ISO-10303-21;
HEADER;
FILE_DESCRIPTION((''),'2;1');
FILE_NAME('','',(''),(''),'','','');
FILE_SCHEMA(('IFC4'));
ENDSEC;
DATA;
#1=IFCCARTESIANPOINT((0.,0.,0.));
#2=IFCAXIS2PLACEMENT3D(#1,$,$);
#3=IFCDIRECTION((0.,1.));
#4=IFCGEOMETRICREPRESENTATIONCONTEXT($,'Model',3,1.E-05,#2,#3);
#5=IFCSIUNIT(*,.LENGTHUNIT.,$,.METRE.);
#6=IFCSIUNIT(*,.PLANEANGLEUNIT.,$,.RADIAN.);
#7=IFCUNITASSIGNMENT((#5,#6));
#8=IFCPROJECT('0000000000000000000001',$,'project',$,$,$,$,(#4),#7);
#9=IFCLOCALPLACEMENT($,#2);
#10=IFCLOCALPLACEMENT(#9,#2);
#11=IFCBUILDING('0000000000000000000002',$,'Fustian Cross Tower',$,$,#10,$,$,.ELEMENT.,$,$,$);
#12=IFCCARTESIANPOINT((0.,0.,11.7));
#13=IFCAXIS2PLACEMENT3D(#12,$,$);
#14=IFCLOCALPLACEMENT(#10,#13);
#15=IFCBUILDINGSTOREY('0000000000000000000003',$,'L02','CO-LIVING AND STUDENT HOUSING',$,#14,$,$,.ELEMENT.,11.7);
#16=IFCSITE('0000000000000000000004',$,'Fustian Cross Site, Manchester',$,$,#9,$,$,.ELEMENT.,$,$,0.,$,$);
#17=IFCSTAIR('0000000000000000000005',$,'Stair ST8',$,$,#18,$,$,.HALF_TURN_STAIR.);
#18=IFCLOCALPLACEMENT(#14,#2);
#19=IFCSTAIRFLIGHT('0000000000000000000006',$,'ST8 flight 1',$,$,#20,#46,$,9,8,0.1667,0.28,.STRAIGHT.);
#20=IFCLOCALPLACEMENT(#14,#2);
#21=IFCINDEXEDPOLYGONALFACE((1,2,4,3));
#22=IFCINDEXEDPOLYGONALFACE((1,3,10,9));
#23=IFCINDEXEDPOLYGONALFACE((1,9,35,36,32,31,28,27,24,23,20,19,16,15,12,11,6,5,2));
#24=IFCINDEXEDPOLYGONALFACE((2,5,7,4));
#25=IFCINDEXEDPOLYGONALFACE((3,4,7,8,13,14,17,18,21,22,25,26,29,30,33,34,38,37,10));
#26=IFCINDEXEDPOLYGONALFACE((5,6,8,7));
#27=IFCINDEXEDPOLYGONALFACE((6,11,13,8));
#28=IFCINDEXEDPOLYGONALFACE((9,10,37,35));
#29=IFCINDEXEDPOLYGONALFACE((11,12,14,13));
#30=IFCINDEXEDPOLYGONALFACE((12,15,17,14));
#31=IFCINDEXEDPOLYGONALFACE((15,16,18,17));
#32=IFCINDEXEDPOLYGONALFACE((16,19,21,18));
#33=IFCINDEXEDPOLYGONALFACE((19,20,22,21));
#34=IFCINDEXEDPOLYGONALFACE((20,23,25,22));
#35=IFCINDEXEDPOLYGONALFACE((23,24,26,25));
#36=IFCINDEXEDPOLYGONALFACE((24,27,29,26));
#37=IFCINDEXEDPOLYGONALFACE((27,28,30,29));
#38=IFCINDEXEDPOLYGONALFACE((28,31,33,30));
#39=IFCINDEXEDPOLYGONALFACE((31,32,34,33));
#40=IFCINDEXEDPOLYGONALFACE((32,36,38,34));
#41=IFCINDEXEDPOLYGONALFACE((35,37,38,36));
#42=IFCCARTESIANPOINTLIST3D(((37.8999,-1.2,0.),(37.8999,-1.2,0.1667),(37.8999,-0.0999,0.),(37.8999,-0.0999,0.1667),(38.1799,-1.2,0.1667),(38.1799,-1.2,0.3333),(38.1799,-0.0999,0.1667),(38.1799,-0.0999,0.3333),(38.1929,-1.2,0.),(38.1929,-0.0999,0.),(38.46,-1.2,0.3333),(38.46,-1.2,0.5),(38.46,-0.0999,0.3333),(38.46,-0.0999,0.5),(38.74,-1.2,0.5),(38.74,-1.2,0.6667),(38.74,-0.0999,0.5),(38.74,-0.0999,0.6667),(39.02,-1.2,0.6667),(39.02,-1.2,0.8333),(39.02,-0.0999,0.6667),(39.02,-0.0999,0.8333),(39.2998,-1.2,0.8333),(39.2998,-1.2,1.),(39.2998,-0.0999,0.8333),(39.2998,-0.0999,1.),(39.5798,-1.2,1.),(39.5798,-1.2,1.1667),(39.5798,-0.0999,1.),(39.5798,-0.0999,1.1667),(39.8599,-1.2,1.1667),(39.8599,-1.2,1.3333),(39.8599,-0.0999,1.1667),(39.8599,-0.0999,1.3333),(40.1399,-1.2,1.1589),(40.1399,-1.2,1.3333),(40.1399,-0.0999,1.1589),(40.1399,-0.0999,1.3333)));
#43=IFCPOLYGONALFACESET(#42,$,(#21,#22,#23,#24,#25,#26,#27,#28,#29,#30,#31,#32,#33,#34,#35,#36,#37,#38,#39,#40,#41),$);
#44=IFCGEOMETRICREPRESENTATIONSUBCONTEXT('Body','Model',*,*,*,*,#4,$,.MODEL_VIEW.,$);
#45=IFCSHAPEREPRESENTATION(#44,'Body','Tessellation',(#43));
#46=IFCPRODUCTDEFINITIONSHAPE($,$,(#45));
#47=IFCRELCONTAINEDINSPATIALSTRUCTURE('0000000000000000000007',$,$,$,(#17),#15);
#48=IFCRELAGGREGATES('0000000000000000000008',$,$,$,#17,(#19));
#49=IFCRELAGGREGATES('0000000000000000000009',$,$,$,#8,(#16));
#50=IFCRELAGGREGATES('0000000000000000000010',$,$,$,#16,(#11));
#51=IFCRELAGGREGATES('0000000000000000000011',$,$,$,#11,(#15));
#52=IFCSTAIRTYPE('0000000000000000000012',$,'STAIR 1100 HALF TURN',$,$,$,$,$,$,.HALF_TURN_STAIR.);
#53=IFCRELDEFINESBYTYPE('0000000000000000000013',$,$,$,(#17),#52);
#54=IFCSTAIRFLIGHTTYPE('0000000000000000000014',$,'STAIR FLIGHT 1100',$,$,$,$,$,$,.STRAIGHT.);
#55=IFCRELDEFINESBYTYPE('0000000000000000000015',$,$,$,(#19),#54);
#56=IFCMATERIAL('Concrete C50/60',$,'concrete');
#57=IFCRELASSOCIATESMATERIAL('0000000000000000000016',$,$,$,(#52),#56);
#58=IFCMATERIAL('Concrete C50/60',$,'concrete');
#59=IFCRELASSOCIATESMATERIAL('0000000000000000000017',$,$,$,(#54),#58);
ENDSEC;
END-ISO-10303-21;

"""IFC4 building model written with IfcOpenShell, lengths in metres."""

from ifc_helpers import new_model, si_unit, direction, frame, origin, place, context, subcontext, project, spatial, polyline, outline, extrude, material, type_object, element, aggregate, save


model = new_model("IFC4")

# Units and contexts
model_context = context("Model", 3, precision=1e-05, world=origin(), true_north=direction((0.0, 1.0)))
body_context = subcontext(model_context, "Body", "Model", "MODEL_VIEW")
ifc_project = project(units=[si_unit("LENGTHUNIT", "METRE"), si_unit("PLANEANGLEUNIT", "RADIAN")], contexts=[model_context])

# Site, building, storey
site_placement = place(None, origin())
site = spatial("IfcSite", under=ifc_project, at=site_placement, Name="Fustian Cross Site, Manchester", CompositionType="ELEMENT", RefElevation=0.0)
building_placement = place(site_placement, origin())
building = spatial("IfcBuilding", under=site, at=building_placement, Name="Fustian Cross Tower", CompositionType="ELEMENT")
storey_placement = place(building_placement, frame((0.0, 0.0, 11.7)))
storey = spatial("IfcBuildingStorey", under=building, at=storey_placement, Name="L02", Description="CO-LIVING AND STUDENT HOUSING", CompositionType="ELEMENT", Elevation=11.7)

# Stair, stair flight
ifc_material_1 = material(Name="Concrete C50/60", Category="concrete")
stair_type = type_object("IfcStairType", Name="STAIR 1100 HALF TURN", PredefinedType="HALF_TURN_STAIR", material=ifc_material_1)
stair_placement = place(storey_placement, origin())
stair = element("IfcStair", 1, at=stair_placement, inside=storey, type_object=stair_type, Name="Stair ST8", PredefinedType="HALF_TURN_STAIR")
ifc_material_2 = material(Name="Concrete C50/60", Category="concrete")
stair_flight_type = type_object("IfcStairFlightType", Name="STAIR FLIGHT 1100", PredefinedType="STRAIGHT", material=ifc_material_2)
stair_flight_placement = place(storey_placement, frame((37.8999, -0.6499, 0.0), z_axis=(0.0, 0.0, 1.0), x_axis=(1.0, 0.0, 0.0)))
stair_flight = element("IfcStairFlight", 2, at=stair_flight_placement, type_object=stair_flight_type, Name="ST8 flight 1", NumberOfRisers=9, NumberOfTreads=8, PredefinedType="STRAIGHT", RiserHeight=0.1667, TreadLength=0.28, context=body_context, shape_type="SweptSolid", body=[
    extrude(outline(polyline([(0.0, 0.0), (0.0, 0.1667), (0.28, 0.1667), (0.28, 0.3333), (0.5601, 0.3333), (0.5601, 0.5), (0.8401, 0.5), (0.8401, 0.6667), (1.1201, 0.6667), (1.1201, 0.8333), (1.3999, 0.8333), (1.3999, 1.0), (1.6799, 1.0), (1.6799, 1.1667), (1.96, 1.1667), (1.96, 1.3333), (2.24, 1.3333), (2.24, 1.5), (2.24, 1.1589), (0.293, 0.0), (0.0, 0.0)])), frame((0.0, 0.55, 0.0), z_axis=(0.0, -1.0, 0.0), x_axis=(1.0, 0.0, 0.0)), (0.0, 0.0, 1.0), 1.1001),
])
aggregate(stair, [stair_flight])

save(model, "model.ifc")
